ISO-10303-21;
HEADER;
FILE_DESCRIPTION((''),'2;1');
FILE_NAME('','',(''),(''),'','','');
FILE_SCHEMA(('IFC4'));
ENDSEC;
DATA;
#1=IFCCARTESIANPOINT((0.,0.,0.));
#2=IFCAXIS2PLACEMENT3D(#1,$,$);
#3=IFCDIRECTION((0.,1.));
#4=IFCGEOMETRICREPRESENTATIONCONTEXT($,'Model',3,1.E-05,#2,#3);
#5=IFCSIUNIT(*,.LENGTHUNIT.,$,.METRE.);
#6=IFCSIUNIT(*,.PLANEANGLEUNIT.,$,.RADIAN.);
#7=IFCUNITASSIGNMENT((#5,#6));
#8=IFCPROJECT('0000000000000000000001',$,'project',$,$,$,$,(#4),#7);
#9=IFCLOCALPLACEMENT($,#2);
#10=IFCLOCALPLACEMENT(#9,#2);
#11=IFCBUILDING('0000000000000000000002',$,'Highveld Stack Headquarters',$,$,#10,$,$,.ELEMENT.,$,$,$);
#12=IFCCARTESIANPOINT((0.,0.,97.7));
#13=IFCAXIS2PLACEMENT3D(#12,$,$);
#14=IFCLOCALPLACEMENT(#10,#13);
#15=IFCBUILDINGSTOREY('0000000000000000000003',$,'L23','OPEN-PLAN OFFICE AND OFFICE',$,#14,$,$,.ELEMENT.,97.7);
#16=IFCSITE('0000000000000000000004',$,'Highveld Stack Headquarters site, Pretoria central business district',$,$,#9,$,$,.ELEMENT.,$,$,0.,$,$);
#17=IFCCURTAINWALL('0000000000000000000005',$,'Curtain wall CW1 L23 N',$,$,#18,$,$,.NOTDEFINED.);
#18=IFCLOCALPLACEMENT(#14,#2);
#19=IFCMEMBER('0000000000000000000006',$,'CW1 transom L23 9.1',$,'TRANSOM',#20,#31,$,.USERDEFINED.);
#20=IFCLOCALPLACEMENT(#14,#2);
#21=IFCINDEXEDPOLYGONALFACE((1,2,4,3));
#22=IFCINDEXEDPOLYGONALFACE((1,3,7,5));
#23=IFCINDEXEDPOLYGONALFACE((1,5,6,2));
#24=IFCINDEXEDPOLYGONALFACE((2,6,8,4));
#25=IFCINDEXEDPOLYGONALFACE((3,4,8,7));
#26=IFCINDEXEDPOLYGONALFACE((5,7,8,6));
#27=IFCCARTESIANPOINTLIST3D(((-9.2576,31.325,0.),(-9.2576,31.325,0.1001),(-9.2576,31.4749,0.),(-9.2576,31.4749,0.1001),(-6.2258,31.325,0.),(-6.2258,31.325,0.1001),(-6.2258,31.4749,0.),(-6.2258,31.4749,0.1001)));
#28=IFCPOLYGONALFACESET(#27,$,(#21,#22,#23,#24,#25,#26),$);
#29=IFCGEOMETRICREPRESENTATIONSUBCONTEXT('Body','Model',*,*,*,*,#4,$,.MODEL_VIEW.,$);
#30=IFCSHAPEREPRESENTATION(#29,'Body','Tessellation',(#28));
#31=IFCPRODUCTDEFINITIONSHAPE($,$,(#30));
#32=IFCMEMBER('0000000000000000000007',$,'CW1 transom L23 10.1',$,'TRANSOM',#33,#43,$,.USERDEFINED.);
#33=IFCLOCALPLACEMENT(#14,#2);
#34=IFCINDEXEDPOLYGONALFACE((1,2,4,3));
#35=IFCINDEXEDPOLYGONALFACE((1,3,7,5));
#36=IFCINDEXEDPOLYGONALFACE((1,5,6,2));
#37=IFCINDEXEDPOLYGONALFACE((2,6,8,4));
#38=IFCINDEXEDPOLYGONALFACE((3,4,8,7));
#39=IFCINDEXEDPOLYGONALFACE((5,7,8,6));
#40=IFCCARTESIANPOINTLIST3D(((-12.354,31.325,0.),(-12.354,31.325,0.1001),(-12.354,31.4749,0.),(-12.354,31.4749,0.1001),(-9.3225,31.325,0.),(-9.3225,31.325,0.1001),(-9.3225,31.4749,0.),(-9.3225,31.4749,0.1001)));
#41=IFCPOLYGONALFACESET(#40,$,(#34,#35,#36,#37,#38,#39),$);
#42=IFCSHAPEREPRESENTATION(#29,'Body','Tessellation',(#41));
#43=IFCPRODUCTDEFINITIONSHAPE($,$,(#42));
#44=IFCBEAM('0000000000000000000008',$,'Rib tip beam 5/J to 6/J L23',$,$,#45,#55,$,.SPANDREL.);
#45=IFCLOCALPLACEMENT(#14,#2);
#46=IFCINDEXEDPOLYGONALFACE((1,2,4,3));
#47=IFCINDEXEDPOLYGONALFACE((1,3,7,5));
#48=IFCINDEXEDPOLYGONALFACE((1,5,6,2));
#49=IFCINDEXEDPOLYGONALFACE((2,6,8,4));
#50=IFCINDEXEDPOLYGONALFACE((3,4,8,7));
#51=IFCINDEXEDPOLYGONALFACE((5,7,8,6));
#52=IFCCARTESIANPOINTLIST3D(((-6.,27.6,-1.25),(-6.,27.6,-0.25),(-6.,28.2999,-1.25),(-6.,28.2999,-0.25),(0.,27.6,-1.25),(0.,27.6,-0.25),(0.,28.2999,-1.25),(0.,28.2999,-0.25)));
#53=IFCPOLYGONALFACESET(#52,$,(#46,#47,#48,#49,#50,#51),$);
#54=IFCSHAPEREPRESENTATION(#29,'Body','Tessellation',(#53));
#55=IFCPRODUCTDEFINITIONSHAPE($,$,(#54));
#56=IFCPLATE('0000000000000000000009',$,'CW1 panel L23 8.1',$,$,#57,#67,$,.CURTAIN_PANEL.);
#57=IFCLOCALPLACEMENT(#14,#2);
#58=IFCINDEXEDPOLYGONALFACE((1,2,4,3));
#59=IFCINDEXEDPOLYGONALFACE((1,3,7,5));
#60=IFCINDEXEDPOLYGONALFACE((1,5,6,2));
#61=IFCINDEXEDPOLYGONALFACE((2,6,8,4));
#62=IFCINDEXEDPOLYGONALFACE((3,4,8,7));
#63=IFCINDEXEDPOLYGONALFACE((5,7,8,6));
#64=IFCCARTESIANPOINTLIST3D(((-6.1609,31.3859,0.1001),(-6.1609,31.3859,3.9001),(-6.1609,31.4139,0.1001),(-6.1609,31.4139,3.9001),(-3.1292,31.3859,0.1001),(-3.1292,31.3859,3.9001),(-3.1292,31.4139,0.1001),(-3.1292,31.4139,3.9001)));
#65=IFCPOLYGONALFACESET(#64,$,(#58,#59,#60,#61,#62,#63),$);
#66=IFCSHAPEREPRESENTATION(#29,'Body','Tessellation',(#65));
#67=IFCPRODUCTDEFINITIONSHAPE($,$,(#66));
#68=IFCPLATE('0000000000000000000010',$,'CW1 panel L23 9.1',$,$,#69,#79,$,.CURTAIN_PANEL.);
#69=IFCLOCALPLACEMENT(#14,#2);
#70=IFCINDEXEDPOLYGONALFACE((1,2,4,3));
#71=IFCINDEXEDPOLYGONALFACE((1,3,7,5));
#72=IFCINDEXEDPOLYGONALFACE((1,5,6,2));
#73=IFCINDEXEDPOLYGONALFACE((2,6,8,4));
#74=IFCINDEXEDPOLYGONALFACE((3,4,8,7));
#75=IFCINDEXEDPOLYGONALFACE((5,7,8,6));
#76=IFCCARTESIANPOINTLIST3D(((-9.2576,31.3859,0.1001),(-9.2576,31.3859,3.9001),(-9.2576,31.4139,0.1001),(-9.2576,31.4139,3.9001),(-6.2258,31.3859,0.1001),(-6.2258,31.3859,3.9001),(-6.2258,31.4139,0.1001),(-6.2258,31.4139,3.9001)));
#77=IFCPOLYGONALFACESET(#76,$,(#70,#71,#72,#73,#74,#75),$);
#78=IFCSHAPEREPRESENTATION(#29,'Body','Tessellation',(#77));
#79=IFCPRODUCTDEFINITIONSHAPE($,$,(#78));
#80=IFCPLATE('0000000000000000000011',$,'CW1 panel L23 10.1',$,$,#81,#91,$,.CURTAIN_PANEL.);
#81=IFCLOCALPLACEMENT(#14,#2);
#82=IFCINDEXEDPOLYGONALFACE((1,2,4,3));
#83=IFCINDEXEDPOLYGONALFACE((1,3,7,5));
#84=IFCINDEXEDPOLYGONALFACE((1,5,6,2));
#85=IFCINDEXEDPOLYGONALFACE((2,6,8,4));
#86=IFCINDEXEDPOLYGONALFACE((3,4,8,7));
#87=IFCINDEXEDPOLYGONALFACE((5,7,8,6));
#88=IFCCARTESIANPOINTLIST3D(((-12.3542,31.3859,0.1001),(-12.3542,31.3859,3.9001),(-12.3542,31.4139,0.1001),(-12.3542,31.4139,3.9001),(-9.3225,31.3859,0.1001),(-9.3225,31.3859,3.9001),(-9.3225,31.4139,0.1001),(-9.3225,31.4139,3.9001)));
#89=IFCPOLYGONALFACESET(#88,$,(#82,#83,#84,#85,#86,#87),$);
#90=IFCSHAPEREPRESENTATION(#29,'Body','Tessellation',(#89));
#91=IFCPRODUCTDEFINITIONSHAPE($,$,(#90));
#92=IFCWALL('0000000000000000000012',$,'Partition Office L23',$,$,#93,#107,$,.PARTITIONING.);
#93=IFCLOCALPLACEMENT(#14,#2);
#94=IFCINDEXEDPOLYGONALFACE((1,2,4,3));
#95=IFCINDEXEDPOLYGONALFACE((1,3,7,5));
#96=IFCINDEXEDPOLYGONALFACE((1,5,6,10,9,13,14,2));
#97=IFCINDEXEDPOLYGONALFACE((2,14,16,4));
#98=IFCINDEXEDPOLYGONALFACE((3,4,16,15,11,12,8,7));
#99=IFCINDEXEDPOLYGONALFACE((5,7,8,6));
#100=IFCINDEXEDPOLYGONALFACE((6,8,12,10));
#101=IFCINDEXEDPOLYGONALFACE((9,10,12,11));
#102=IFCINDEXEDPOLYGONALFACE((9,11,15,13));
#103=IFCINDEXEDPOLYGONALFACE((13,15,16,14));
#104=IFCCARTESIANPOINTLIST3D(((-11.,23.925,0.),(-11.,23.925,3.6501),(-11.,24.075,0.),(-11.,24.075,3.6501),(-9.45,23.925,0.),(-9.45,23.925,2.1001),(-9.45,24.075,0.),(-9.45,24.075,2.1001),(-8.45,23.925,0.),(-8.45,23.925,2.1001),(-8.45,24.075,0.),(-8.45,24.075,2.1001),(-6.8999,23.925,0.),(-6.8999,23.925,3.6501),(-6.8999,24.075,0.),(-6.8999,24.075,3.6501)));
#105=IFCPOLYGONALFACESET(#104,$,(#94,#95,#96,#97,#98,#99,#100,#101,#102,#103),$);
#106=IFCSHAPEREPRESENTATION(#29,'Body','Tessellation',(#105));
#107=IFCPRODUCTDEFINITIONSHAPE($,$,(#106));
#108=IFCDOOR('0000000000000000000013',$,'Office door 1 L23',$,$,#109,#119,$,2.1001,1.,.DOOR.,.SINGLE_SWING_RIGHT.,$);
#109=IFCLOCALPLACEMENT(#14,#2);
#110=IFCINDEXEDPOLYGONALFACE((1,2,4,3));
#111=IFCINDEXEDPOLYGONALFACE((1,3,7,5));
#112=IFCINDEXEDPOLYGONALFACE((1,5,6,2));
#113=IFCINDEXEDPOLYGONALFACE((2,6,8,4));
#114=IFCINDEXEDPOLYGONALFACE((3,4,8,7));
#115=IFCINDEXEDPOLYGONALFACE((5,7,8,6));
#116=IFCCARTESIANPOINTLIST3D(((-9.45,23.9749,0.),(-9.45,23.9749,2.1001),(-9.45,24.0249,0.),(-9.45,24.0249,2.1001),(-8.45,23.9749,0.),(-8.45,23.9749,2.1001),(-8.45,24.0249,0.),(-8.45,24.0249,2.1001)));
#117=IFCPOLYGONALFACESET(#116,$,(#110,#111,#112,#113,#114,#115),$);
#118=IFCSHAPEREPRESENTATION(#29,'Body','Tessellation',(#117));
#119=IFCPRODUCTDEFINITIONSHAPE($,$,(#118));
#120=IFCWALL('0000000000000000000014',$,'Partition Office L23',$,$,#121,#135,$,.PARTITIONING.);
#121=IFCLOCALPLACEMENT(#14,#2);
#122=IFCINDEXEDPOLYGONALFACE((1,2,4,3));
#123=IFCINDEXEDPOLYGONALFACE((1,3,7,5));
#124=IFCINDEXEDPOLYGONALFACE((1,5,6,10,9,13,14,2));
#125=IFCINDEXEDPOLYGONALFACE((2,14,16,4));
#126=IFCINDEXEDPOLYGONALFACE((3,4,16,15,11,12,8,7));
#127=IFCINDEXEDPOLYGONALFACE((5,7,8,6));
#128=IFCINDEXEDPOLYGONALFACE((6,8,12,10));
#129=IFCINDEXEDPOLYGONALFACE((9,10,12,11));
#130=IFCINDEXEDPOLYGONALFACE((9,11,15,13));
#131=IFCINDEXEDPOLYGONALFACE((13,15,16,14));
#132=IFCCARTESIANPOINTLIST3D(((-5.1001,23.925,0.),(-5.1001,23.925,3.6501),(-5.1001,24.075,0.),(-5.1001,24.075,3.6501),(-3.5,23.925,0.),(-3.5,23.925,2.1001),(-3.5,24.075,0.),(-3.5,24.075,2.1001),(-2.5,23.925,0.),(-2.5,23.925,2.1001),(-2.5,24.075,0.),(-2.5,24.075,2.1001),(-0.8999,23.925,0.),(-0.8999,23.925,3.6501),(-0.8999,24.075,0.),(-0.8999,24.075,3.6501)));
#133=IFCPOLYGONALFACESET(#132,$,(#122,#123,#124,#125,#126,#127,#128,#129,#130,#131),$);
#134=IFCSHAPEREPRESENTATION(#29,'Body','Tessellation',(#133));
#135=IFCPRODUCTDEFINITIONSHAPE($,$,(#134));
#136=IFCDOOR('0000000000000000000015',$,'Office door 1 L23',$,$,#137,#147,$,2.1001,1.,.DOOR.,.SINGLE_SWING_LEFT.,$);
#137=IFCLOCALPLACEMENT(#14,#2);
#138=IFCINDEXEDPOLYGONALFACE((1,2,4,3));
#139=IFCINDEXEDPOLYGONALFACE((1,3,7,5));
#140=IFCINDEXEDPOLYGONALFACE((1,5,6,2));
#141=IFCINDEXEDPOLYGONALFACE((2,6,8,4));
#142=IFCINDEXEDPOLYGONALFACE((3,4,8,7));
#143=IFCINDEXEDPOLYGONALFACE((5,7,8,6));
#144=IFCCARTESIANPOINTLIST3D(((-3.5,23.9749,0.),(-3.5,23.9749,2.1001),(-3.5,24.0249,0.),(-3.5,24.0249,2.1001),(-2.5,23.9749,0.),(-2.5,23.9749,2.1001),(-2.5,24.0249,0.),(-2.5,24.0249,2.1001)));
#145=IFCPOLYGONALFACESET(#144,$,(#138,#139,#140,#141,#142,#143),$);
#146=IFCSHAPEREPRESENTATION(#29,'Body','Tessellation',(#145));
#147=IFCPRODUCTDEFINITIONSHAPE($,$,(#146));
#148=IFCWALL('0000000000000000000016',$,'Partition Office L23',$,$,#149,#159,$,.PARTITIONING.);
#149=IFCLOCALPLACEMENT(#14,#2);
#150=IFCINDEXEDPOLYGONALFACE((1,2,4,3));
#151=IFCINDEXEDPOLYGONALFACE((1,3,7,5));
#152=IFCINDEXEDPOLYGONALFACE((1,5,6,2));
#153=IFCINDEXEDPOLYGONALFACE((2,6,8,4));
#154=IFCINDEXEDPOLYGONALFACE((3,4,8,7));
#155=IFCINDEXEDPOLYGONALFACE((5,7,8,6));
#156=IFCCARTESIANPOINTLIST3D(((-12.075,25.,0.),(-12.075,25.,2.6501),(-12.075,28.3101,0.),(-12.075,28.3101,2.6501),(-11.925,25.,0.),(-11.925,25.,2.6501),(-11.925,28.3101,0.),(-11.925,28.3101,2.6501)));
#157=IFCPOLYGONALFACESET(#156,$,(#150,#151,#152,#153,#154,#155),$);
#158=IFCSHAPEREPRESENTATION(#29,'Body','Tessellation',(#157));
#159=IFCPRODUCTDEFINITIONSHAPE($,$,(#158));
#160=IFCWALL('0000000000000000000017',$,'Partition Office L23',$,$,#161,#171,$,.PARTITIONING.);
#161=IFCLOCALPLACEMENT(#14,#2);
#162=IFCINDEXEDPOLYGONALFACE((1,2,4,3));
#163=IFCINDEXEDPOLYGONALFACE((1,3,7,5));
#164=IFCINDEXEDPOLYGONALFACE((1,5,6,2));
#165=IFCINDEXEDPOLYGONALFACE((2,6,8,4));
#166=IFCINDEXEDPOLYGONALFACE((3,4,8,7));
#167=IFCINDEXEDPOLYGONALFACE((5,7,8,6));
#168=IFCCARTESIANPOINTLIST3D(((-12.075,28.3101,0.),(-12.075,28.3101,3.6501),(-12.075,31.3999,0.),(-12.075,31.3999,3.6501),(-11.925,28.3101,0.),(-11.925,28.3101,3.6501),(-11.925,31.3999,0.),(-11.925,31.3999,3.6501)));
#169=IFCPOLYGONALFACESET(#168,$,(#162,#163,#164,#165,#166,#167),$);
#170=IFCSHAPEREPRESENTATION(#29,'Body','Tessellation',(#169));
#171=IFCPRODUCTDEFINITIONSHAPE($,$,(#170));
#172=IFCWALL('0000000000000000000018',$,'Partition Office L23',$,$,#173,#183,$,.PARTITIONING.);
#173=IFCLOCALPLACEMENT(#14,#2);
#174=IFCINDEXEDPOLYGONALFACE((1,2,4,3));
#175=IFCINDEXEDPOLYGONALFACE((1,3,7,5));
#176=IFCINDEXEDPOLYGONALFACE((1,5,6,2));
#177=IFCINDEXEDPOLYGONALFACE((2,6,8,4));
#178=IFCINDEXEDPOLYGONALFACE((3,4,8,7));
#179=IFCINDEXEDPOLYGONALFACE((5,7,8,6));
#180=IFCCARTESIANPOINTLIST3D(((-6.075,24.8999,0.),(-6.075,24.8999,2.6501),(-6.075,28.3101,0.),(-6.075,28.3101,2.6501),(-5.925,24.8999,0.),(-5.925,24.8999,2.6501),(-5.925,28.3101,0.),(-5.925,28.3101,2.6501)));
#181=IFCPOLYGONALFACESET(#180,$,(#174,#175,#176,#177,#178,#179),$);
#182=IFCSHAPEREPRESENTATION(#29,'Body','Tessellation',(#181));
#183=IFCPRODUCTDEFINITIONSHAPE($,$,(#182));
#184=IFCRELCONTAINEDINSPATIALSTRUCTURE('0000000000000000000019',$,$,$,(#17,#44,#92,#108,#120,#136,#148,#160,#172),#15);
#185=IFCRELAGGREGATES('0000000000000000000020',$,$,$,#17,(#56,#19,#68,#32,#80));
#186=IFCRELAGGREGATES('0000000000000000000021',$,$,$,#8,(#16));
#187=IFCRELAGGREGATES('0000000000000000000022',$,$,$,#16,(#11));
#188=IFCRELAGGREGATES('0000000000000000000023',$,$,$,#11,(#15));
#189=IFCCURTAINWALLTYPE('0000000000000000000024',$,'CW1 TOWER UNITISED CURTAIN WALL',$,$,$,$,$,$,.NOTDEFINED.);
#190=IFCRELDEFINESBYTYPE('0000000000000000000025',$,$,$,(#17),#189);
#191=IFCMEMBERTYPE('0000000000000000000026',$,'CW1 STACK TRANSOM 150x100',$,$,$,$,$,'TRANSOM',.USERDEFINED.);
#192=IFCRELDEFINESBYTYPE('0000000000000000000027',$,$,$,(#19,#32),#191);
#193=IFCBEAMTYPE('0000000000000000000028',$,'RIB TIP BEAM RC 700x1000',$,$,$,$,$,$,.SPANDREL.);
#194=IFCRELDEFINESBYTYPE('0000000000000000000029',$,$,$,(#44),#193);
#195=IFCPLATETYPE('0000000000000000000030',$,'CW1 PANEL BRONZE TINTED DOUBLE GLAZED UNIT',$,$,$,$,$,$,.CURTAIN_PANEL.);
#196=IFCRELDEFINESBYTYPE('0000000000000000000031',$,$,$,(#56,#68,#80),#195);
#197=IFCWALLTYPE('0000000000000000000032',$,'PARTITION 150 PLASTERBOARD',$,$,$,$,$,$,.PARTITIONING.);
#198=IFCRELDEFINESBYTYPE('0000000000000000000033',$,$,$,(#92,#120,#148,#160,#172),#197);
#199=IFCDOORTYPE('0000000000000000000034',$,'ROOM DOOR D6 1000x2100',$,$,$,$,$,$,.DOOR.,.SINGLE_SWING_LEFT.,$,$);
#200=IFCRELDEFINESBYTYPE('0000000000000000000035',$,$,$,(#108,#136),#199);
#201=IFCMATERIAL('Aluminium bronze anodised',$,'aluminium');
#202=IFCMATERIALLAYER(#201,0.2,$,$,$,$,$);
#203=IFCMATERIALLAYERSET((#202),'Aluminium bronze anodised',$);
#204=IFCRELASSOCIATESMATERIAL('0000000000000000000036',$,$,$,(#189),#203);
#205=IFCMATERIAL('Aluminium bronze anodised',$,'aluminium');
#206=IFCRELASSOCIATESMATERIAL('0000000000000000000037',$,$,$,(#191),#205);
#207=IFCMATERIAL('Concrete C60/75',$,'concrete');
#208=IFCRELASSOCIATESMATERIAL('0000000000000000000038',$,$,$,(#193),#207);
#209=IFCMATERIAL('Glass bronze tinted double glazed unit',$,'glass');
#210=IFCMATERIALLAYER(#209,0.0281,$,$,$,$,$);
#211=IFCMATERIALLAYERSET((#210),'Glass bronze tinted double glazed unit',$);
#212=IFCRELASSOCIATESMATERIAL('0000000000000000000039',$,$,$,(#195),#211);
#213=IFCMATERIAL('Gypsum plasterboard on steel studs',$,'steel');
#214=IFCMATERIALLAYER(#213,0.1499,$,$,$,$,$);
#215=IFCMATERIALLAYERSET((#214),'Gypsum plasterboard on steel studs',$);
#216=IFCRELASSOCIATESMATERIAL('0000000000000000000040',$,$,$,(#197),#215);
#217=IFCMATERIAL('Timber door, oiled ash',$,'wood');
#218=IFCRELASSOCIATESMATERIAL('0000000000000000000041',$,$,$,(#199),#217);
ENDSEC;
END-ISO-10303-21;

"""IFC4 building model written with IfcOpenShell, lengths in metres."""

from ifc_helpers import new_model, si_unit, direction, frame, frame_2d, origin, origin_2d, place, context, subcontext, project, spatial, rectangle, extrude, material, layer, layer_set, material_profile, profile_set, type_object, element, fill, aggregate, save


model = new_model("IFC4")

# Units and contexts
model_context = context("Model", 3, precision=1e-05, world=origin(), true_north=direction((0.0, 1.0)))
body_context = subcontext(model_context, "Body", "Model", "MODEL_VIEW")
ifc_project = project(units=[si_unit("LENGTHUNIT", "METRE"), si_unit("PLANEANGLEUNIT", "RADIAN")], contexts=[model_context])

# Site, building, storey
site_placement = place(None, origin())
site = spatial("IfcSite", under=ifc_project, at=site_placement, Name="Highveld Stack Headquarters site, Pretoria central business district", CompositionType="ELEMENT", RefElevation=0.0)
building_placement = place(site_placement, origin())
building = spatial("IfcBuilding", under=site, at=building_placement, Name="Highveld Stack Headquarters", CompositionType="ELEMENT")
storey_placement = place(building_placement, frame((0.0, 0.0, 97.7)))
storey = spatial("IfcBuildingStorey", under=building, at=storey_placement, Name="L23", Description="OPEN-PLAN OFFICE AND OFFICE", CompositionType="ELEMENT", Elevation=97.7)

# Curtain wall, members
ifc_material_1 = material(Name="Aluminium bronze anodised", Category="aluminium")
ifc_layer_1 = layer(ifc_material_1, 0.2)
ifc_layer_set_1 = layer_set([ifc_layer_1], Name="Aluminium bronze anodised")
curtain_wall_type = type_object("IfcCurtainWallType", Name="CW1 TOWER UNITISED CURTAIN WALL", PredefinedType="NOTDEFINED", material=ifc_layer_set_1)
curtain_wall_placement = place(storey_placement, origin())
curtain_wall = element("IfcCurtainWall", 1, at=curtain_wall_placement, inside=storey, type_object=curtain_wall_type, Name="Curtain wall CW1 L23 N", PredefinedType="NOTDEFINED")
ifc_material_2 = material(Name="Aluminium bronze anodised", Category="aluminium")
ifc_material_profile_1 = material_profile(ifc_material_2, rectangle(XDim=0.1499, YDim=0.1001, at=origin_2d()), Name="CW1 TRANSOM 150x100")
ifc_profile_set_1 = profile_set([ifc_material_profile_1], Name="Aluminium bronze anodised")
member_type_1 = type_object("IfcMemberType", Name="CW1 STACK TRANSOM 150x100", ElementType="TRANSOM", PredefinedType="USERDEFINED", material=ifc_profile_set_1)
member_1_placement = place(storey_placement, frame((-6.2258, 31.3999, 0.05), z_axis=(-1.0, 0.0, 0.0), x_axis=(0.0, -1.0, 0.0)))
member_1 = element("IfcMember", 2, at=member_1_placement, type_object=member_type_1, Name="CW1 transom L23 9.1", ObjectType="TRANSOM", PredefinedType="USERDEFINED", context=body_context, shape_type="SweptSolid", body=[
    extrude(rectangle(XDim=0.1499, YDim=0.1001, at=origin_2d()), origin(), (0.0, 0.0, 1.0), 3.0317),
])
member_2_placement = place(storey_placement, frame((-9.3225, 31.3999, 0.05), z_axis=(-1.0, 0.0, 0.0), x_axis=(0.0, -1.0, 0.0)))
member_2 = element("IfcMember", 3, at=member_2_placement, type_object=member_type_1, Name="CW1 transom L23 10.1", ObjectType="TRANSOM", PredefinedType="USERDEFINED", context=body_context, shape_type="SweptSolid", body=[
    extrude(rectangle(XDim=0.1499, YDim=0.1001, at=origin_2d()), origin(), (0.0, 0.0, 1.0), 3.0315),
])

# Beam
ifc_material_3 = material(Name="Concrete C60/75", Category="concrete")
ifc_material_profile_2 = material_profile(ifc_material_3, rectangle(XDim=0.7, YDim=1.0, at=origin_2d()), Name="RC 700x1000")
ifc_profile_set_2 = profile_set([ifc_material_profile_2], Name="Concrete C60/75")
beam_type_1 = type_object("IfcBeamType", Name="RIB TIP BEAM RC 700x1000", PredefinedType="SPANDREL", material=ifc_profile_set_2)
beam_1_placement = place(storey_placement, frame((-6.0, 27.95, -0.75), z_axis=(1.0, 0.0, 0.0), x_axis=(0.0, 1.0, 0.0)))
element("IfcBeam", 4, at=beam_1_placement, inside=storey, type_object=beam_type_1, Name="Rib tip beam 5/J to 6/J L23", PredefinedType="SPANDREL", context=body_context, shape_type="SweptSolid", body=[
    extrude(rectangle(XDim=0.7, YDim=1.0, at=origin_2d()), origin(), (0.0, 0.0, 1.0), 6.0),
])

# Plates
ifc_material_4 = material(Name="Glass bronze tinted double glazed unit", Category="glass")
ifc_layer_2 = layer(ifc_material_4, 0.0281)
ifc_layer_set_2 = layer_set([ifc_layer_2], Name="Glass bronze tinted double glazed unit")
plate_type = type_object("IfcPlateType", Name="CW1 PANEL BRONZE TINTED DOUBLE GLAZED UNIT", PredefinedType="CURTAIN_PANEL", material=ifc_layer_set_2)
plate_1_placement = place(storey_placement, frame((-4.645, 31.3999, 0.1001), z_axis=(0.0, 0.0, 1.0), x_axis=(-1.0, 0.0, 0.0)))
plate_1 = element("IfcPlate", 5, at=plate_1_placement, type_object=plate_type, Name="CW1 panel L23 8.1", PredefinedType="CURTAIN_PANEL", context=body_context, shape_type="SweptSolid", body=[
    extrude(rectangle(XDim=3.0317, YDim=0.0281, at=origin_2d()), origin(), (0.0, 0.0, 1.0), 3.8),
])
plate_2_placement = place(storey_placement, frame((-7.7417, 31.3999, 0.1001), z_axis=(0.0, 0.0, 1.0), x_axis=(-1.0, 0.0, 0.0)))
plate_2 = element("IfcPlate", 6, at=plate_2_placement, type_object=plate_type, Name="CW1 panel L23 9.1", PredefinedType="CURTAIN_PANEL", context=body_context, shape_type="SweptSolid", body=[
    extrude(rectangle(XDim=3.0317, YDim=0.0281, at=origin_2d()), origin(), (0.0, 0.0, 1.0), 3.8),
])
plate_3_placement = place(storey_placement, frame((-10.8384, 31.3999, 0.1001), z_axis=(0.0, 0.0, 1.0), x_axis=(-1.0, 0.0, 0.0)))
plate_3 = element("IfcPlate", 7, at=plate_3_placement, type_object=plate_type, Name="CW1 panel L23 10.1", PredefinedType="CURTAIN_PANEL", context=body_context, shape_type="SweptSolid", body=[
    extrude(rectangle(XDim=3.0317, YDim=0.0281, at=origin_2d()), origin(), (0.0, 0.0, 1.0), 3.8),
])
aggregate(curtain_wall, [plate_1, member_1, plate_2, member_2, plate_3])

# Walls, openings, doors
ifc_material_5 = material(Name="Gypsum plasterboard on steel studs", Category="steel")
ifc_layer_3 = layer(ifc_material_5, 0.1499)
ifc_layer_set_3 = layer_set([ifc_layer_3], Name="Gypsum plasterboard on steel studs")
wall_type = type_object("IfcWallType", Name="PARTITION 150 PLASTERBOARD", PredefinedType="PARTITIONING", material=ifc_layer_set_3)
wall_1_placement = place(storey_placement, frame((-11.0, 24.0, 0.0), z_axis=(0.0, 0.0, 1.0), x_axis=(1.0, 0.0, 0.0)))
wall_1 = element("IfcWall", 8, at=wall_1_placement, inside=storey, type_object=wall_type, Name="Partition Office L23", PredefinedType="PARTITIONING", context=body_context, shape_type="SweptSolid", body=[
    extrude(rectangle(XDim=4.1001, YDim=0.1499, at=frame_2d((2.05, 0.0))), origin(), (0.0, 0.0, 1.0), 3.6501),
])
opening_1_placement = place(wall_1_placement, frame((1.55, 0.0, 0.0)))
opening_1 = element("IfcOpeningElement", 9, at=opening_1_placement, cuts=wall_1, PredefinedType="OPENING", context=body_context, shape_type="SweptSolid", body=[
    extrude(rectangle(XDim=1.0, YDim=2.1001, at=frame_2d((0.5, 1.05))), frame((0.0, 0.085, 0.0), z_axis=(0.0, -1.0, 0.0), x_axis=(1.0, 0.0, 0.0)), (0.0, 0.0, 1.0), 0.1699),
])
ifc_material_6 = material(Name="Timber door, oiled ash", Category="wood")
door_type = type_object("IfcDoorType", Name="ROOM DOOR D6 1000x2100", OperationType="SINGLE_SWING_LEFT", PredefinedType="DOOR", material=ifc_material_6)
door_1_placement = place(opening_1_placement, origin())
door_1 = element("IfcDoor", 10, at=door_1_placement, inside=storey, type_object=door_type, Name="Office door 1 L23", OperationType="SINGLE_SWING_RIGHT", OverallHeight=2.1001, OverallWidth=1.0, PredefinedType="DOOR", context=body_context, shape_type="SweptSolid", body=[
    extrude(rectangle(XDim=1.0, YDim=2.1001, at=frame_2d((0.5, 1.05))), frame((0.0, 0.0249, 0.0), z_axis=(0.0, -1.0, 0.0), x_axis=(1.0, 0.0, 0.0)), (0.0, 0.0, 1.0), 0.05),
])
fill(opening_1, door_1)
wall_2_placement = place(storey_placement, frame((-5.1001, 24.0, 0.0), z_axis=(0.0, 0.0, 1.0), x_axis=(1.0, 0.0, 0.0)))
wall_2 = element("IfcWall", 11, at=wall_2_placement, inside=storey, type_object=wall_type, Name="Partition Office L23", PredefinedType="PARTITIONING", context=body_context, shape_type="SweptSolid", body=[
    extrude(rectangle(XDim=4.2002, YDim=0.1499, at=frame_2d((2.1001, 0.0))), origin(), (0.0, 0.0, 1.0), 3.6501),
])
opening_2_placement = place(wall_2_placement, frame((1.6001, 0.0, 0.0)))
opening_2 = element("IfcOpeningElement", 12, at=opening_2_placement, cuts=wall_2, PredefinedType="OPENING", context=body_context, shape_type="SweptSolid", body=[
    extrude(rectangle(XDim=1.0, YDim=2.1001, at=frame_2d((0.5, 1.05))), frame((0.0, 0.085, 0.0), z_axis=(0.0, -1.0, 0.0), x_axis=(1.0, 0.0, 0.0)), (0.0, 0.0, 1.0), 0.1699),
])
door_2_placement = place(opening_2_placement, origin())
door_2 = element("IfcDoor", 13, at=door_2_placement, inside=storey, type_object=door_type, Name="Office door 1 L23", OperationType="SINGLE_SWING_LEFT", OverallHeight=2.1001, OverallWidth=1.0, PredefinedType="DOOR", context=body_context, shape_type="SweptSolid", body=[
    extrude(rectangle(XDim=1.0, YDim=2.1001, at=frame_2d((0.5, 1.05))), frame((0.0, 0.0249, 0.0), z_axis=(0.0, -1.0, 0.0), x_axis=(1.0, 0.0, 0.0)), (0.0, 0.0, 1.0), 0.05),
])
fill(opening_2, door_2)

# Walls
wall_3_placement = place(storey_placement, frame((-12.0, 25.0, 0.0), z_axis=(0.0, 0.0, 1.0), x_axis=(0.0, 1.0, 0.0)))
element("IfcWall", 14, at=wall_3_placement, inside=storey, type_object=wall_type, Name="Partition Office L23", PredefinedType="PARTITIONING", context=body_context, shape_type="SweptSolid", body=[
    extrude(rectangle(XDim=3.3101, YDim=0.1499, at=frame_2d((1.655, 0.0))), origin(), (0.0, 0.0, 1.0), 2.6501),
])
wall_4_placement = place(storey_placement, frame((-12.0, 28.3101, 0.0), z_axis=(0.0, 0.0, 1.0), x_axis=(0.0, 1.0, 0.0)))
element("IfcWall", 15, at=wall_4_placement, inside=storey, type_object=wall_type, Name="Partition Office L23", PredefinedType="PARTITIONING", context=body_context, shape_type="SweptSolid", body=[
    extrude(rectangle(XDim=3.0898, YDim=0.1499, at=frame_2d((1.5449, 0.0))), origin(), (0.0, 0.0, 1.0), 3.6501),
])
wall_5_placement = place(storey_placement, frame((-6.0, 24.8999, 0.0), z_axis=(0.0, 0.0, 1.0), x_axis=(0.0, 1.0, 0.0)))
element("IfcWall", 16, at=wall_5_placement, inside=storey, type_object=wall_type, Name="Partition Office L23", PredefinedType="PARTITIONING", context=body_context, shape_type="SweptSolid", body=[
    extrude(rectangle(XDim=3.4102, YDim=0.1499, at=frame_2d((1.7051, 0.0))), origin(), (0.0, 0.0, 1.0), 2.6501),
])

save(model, "model.ifc")
